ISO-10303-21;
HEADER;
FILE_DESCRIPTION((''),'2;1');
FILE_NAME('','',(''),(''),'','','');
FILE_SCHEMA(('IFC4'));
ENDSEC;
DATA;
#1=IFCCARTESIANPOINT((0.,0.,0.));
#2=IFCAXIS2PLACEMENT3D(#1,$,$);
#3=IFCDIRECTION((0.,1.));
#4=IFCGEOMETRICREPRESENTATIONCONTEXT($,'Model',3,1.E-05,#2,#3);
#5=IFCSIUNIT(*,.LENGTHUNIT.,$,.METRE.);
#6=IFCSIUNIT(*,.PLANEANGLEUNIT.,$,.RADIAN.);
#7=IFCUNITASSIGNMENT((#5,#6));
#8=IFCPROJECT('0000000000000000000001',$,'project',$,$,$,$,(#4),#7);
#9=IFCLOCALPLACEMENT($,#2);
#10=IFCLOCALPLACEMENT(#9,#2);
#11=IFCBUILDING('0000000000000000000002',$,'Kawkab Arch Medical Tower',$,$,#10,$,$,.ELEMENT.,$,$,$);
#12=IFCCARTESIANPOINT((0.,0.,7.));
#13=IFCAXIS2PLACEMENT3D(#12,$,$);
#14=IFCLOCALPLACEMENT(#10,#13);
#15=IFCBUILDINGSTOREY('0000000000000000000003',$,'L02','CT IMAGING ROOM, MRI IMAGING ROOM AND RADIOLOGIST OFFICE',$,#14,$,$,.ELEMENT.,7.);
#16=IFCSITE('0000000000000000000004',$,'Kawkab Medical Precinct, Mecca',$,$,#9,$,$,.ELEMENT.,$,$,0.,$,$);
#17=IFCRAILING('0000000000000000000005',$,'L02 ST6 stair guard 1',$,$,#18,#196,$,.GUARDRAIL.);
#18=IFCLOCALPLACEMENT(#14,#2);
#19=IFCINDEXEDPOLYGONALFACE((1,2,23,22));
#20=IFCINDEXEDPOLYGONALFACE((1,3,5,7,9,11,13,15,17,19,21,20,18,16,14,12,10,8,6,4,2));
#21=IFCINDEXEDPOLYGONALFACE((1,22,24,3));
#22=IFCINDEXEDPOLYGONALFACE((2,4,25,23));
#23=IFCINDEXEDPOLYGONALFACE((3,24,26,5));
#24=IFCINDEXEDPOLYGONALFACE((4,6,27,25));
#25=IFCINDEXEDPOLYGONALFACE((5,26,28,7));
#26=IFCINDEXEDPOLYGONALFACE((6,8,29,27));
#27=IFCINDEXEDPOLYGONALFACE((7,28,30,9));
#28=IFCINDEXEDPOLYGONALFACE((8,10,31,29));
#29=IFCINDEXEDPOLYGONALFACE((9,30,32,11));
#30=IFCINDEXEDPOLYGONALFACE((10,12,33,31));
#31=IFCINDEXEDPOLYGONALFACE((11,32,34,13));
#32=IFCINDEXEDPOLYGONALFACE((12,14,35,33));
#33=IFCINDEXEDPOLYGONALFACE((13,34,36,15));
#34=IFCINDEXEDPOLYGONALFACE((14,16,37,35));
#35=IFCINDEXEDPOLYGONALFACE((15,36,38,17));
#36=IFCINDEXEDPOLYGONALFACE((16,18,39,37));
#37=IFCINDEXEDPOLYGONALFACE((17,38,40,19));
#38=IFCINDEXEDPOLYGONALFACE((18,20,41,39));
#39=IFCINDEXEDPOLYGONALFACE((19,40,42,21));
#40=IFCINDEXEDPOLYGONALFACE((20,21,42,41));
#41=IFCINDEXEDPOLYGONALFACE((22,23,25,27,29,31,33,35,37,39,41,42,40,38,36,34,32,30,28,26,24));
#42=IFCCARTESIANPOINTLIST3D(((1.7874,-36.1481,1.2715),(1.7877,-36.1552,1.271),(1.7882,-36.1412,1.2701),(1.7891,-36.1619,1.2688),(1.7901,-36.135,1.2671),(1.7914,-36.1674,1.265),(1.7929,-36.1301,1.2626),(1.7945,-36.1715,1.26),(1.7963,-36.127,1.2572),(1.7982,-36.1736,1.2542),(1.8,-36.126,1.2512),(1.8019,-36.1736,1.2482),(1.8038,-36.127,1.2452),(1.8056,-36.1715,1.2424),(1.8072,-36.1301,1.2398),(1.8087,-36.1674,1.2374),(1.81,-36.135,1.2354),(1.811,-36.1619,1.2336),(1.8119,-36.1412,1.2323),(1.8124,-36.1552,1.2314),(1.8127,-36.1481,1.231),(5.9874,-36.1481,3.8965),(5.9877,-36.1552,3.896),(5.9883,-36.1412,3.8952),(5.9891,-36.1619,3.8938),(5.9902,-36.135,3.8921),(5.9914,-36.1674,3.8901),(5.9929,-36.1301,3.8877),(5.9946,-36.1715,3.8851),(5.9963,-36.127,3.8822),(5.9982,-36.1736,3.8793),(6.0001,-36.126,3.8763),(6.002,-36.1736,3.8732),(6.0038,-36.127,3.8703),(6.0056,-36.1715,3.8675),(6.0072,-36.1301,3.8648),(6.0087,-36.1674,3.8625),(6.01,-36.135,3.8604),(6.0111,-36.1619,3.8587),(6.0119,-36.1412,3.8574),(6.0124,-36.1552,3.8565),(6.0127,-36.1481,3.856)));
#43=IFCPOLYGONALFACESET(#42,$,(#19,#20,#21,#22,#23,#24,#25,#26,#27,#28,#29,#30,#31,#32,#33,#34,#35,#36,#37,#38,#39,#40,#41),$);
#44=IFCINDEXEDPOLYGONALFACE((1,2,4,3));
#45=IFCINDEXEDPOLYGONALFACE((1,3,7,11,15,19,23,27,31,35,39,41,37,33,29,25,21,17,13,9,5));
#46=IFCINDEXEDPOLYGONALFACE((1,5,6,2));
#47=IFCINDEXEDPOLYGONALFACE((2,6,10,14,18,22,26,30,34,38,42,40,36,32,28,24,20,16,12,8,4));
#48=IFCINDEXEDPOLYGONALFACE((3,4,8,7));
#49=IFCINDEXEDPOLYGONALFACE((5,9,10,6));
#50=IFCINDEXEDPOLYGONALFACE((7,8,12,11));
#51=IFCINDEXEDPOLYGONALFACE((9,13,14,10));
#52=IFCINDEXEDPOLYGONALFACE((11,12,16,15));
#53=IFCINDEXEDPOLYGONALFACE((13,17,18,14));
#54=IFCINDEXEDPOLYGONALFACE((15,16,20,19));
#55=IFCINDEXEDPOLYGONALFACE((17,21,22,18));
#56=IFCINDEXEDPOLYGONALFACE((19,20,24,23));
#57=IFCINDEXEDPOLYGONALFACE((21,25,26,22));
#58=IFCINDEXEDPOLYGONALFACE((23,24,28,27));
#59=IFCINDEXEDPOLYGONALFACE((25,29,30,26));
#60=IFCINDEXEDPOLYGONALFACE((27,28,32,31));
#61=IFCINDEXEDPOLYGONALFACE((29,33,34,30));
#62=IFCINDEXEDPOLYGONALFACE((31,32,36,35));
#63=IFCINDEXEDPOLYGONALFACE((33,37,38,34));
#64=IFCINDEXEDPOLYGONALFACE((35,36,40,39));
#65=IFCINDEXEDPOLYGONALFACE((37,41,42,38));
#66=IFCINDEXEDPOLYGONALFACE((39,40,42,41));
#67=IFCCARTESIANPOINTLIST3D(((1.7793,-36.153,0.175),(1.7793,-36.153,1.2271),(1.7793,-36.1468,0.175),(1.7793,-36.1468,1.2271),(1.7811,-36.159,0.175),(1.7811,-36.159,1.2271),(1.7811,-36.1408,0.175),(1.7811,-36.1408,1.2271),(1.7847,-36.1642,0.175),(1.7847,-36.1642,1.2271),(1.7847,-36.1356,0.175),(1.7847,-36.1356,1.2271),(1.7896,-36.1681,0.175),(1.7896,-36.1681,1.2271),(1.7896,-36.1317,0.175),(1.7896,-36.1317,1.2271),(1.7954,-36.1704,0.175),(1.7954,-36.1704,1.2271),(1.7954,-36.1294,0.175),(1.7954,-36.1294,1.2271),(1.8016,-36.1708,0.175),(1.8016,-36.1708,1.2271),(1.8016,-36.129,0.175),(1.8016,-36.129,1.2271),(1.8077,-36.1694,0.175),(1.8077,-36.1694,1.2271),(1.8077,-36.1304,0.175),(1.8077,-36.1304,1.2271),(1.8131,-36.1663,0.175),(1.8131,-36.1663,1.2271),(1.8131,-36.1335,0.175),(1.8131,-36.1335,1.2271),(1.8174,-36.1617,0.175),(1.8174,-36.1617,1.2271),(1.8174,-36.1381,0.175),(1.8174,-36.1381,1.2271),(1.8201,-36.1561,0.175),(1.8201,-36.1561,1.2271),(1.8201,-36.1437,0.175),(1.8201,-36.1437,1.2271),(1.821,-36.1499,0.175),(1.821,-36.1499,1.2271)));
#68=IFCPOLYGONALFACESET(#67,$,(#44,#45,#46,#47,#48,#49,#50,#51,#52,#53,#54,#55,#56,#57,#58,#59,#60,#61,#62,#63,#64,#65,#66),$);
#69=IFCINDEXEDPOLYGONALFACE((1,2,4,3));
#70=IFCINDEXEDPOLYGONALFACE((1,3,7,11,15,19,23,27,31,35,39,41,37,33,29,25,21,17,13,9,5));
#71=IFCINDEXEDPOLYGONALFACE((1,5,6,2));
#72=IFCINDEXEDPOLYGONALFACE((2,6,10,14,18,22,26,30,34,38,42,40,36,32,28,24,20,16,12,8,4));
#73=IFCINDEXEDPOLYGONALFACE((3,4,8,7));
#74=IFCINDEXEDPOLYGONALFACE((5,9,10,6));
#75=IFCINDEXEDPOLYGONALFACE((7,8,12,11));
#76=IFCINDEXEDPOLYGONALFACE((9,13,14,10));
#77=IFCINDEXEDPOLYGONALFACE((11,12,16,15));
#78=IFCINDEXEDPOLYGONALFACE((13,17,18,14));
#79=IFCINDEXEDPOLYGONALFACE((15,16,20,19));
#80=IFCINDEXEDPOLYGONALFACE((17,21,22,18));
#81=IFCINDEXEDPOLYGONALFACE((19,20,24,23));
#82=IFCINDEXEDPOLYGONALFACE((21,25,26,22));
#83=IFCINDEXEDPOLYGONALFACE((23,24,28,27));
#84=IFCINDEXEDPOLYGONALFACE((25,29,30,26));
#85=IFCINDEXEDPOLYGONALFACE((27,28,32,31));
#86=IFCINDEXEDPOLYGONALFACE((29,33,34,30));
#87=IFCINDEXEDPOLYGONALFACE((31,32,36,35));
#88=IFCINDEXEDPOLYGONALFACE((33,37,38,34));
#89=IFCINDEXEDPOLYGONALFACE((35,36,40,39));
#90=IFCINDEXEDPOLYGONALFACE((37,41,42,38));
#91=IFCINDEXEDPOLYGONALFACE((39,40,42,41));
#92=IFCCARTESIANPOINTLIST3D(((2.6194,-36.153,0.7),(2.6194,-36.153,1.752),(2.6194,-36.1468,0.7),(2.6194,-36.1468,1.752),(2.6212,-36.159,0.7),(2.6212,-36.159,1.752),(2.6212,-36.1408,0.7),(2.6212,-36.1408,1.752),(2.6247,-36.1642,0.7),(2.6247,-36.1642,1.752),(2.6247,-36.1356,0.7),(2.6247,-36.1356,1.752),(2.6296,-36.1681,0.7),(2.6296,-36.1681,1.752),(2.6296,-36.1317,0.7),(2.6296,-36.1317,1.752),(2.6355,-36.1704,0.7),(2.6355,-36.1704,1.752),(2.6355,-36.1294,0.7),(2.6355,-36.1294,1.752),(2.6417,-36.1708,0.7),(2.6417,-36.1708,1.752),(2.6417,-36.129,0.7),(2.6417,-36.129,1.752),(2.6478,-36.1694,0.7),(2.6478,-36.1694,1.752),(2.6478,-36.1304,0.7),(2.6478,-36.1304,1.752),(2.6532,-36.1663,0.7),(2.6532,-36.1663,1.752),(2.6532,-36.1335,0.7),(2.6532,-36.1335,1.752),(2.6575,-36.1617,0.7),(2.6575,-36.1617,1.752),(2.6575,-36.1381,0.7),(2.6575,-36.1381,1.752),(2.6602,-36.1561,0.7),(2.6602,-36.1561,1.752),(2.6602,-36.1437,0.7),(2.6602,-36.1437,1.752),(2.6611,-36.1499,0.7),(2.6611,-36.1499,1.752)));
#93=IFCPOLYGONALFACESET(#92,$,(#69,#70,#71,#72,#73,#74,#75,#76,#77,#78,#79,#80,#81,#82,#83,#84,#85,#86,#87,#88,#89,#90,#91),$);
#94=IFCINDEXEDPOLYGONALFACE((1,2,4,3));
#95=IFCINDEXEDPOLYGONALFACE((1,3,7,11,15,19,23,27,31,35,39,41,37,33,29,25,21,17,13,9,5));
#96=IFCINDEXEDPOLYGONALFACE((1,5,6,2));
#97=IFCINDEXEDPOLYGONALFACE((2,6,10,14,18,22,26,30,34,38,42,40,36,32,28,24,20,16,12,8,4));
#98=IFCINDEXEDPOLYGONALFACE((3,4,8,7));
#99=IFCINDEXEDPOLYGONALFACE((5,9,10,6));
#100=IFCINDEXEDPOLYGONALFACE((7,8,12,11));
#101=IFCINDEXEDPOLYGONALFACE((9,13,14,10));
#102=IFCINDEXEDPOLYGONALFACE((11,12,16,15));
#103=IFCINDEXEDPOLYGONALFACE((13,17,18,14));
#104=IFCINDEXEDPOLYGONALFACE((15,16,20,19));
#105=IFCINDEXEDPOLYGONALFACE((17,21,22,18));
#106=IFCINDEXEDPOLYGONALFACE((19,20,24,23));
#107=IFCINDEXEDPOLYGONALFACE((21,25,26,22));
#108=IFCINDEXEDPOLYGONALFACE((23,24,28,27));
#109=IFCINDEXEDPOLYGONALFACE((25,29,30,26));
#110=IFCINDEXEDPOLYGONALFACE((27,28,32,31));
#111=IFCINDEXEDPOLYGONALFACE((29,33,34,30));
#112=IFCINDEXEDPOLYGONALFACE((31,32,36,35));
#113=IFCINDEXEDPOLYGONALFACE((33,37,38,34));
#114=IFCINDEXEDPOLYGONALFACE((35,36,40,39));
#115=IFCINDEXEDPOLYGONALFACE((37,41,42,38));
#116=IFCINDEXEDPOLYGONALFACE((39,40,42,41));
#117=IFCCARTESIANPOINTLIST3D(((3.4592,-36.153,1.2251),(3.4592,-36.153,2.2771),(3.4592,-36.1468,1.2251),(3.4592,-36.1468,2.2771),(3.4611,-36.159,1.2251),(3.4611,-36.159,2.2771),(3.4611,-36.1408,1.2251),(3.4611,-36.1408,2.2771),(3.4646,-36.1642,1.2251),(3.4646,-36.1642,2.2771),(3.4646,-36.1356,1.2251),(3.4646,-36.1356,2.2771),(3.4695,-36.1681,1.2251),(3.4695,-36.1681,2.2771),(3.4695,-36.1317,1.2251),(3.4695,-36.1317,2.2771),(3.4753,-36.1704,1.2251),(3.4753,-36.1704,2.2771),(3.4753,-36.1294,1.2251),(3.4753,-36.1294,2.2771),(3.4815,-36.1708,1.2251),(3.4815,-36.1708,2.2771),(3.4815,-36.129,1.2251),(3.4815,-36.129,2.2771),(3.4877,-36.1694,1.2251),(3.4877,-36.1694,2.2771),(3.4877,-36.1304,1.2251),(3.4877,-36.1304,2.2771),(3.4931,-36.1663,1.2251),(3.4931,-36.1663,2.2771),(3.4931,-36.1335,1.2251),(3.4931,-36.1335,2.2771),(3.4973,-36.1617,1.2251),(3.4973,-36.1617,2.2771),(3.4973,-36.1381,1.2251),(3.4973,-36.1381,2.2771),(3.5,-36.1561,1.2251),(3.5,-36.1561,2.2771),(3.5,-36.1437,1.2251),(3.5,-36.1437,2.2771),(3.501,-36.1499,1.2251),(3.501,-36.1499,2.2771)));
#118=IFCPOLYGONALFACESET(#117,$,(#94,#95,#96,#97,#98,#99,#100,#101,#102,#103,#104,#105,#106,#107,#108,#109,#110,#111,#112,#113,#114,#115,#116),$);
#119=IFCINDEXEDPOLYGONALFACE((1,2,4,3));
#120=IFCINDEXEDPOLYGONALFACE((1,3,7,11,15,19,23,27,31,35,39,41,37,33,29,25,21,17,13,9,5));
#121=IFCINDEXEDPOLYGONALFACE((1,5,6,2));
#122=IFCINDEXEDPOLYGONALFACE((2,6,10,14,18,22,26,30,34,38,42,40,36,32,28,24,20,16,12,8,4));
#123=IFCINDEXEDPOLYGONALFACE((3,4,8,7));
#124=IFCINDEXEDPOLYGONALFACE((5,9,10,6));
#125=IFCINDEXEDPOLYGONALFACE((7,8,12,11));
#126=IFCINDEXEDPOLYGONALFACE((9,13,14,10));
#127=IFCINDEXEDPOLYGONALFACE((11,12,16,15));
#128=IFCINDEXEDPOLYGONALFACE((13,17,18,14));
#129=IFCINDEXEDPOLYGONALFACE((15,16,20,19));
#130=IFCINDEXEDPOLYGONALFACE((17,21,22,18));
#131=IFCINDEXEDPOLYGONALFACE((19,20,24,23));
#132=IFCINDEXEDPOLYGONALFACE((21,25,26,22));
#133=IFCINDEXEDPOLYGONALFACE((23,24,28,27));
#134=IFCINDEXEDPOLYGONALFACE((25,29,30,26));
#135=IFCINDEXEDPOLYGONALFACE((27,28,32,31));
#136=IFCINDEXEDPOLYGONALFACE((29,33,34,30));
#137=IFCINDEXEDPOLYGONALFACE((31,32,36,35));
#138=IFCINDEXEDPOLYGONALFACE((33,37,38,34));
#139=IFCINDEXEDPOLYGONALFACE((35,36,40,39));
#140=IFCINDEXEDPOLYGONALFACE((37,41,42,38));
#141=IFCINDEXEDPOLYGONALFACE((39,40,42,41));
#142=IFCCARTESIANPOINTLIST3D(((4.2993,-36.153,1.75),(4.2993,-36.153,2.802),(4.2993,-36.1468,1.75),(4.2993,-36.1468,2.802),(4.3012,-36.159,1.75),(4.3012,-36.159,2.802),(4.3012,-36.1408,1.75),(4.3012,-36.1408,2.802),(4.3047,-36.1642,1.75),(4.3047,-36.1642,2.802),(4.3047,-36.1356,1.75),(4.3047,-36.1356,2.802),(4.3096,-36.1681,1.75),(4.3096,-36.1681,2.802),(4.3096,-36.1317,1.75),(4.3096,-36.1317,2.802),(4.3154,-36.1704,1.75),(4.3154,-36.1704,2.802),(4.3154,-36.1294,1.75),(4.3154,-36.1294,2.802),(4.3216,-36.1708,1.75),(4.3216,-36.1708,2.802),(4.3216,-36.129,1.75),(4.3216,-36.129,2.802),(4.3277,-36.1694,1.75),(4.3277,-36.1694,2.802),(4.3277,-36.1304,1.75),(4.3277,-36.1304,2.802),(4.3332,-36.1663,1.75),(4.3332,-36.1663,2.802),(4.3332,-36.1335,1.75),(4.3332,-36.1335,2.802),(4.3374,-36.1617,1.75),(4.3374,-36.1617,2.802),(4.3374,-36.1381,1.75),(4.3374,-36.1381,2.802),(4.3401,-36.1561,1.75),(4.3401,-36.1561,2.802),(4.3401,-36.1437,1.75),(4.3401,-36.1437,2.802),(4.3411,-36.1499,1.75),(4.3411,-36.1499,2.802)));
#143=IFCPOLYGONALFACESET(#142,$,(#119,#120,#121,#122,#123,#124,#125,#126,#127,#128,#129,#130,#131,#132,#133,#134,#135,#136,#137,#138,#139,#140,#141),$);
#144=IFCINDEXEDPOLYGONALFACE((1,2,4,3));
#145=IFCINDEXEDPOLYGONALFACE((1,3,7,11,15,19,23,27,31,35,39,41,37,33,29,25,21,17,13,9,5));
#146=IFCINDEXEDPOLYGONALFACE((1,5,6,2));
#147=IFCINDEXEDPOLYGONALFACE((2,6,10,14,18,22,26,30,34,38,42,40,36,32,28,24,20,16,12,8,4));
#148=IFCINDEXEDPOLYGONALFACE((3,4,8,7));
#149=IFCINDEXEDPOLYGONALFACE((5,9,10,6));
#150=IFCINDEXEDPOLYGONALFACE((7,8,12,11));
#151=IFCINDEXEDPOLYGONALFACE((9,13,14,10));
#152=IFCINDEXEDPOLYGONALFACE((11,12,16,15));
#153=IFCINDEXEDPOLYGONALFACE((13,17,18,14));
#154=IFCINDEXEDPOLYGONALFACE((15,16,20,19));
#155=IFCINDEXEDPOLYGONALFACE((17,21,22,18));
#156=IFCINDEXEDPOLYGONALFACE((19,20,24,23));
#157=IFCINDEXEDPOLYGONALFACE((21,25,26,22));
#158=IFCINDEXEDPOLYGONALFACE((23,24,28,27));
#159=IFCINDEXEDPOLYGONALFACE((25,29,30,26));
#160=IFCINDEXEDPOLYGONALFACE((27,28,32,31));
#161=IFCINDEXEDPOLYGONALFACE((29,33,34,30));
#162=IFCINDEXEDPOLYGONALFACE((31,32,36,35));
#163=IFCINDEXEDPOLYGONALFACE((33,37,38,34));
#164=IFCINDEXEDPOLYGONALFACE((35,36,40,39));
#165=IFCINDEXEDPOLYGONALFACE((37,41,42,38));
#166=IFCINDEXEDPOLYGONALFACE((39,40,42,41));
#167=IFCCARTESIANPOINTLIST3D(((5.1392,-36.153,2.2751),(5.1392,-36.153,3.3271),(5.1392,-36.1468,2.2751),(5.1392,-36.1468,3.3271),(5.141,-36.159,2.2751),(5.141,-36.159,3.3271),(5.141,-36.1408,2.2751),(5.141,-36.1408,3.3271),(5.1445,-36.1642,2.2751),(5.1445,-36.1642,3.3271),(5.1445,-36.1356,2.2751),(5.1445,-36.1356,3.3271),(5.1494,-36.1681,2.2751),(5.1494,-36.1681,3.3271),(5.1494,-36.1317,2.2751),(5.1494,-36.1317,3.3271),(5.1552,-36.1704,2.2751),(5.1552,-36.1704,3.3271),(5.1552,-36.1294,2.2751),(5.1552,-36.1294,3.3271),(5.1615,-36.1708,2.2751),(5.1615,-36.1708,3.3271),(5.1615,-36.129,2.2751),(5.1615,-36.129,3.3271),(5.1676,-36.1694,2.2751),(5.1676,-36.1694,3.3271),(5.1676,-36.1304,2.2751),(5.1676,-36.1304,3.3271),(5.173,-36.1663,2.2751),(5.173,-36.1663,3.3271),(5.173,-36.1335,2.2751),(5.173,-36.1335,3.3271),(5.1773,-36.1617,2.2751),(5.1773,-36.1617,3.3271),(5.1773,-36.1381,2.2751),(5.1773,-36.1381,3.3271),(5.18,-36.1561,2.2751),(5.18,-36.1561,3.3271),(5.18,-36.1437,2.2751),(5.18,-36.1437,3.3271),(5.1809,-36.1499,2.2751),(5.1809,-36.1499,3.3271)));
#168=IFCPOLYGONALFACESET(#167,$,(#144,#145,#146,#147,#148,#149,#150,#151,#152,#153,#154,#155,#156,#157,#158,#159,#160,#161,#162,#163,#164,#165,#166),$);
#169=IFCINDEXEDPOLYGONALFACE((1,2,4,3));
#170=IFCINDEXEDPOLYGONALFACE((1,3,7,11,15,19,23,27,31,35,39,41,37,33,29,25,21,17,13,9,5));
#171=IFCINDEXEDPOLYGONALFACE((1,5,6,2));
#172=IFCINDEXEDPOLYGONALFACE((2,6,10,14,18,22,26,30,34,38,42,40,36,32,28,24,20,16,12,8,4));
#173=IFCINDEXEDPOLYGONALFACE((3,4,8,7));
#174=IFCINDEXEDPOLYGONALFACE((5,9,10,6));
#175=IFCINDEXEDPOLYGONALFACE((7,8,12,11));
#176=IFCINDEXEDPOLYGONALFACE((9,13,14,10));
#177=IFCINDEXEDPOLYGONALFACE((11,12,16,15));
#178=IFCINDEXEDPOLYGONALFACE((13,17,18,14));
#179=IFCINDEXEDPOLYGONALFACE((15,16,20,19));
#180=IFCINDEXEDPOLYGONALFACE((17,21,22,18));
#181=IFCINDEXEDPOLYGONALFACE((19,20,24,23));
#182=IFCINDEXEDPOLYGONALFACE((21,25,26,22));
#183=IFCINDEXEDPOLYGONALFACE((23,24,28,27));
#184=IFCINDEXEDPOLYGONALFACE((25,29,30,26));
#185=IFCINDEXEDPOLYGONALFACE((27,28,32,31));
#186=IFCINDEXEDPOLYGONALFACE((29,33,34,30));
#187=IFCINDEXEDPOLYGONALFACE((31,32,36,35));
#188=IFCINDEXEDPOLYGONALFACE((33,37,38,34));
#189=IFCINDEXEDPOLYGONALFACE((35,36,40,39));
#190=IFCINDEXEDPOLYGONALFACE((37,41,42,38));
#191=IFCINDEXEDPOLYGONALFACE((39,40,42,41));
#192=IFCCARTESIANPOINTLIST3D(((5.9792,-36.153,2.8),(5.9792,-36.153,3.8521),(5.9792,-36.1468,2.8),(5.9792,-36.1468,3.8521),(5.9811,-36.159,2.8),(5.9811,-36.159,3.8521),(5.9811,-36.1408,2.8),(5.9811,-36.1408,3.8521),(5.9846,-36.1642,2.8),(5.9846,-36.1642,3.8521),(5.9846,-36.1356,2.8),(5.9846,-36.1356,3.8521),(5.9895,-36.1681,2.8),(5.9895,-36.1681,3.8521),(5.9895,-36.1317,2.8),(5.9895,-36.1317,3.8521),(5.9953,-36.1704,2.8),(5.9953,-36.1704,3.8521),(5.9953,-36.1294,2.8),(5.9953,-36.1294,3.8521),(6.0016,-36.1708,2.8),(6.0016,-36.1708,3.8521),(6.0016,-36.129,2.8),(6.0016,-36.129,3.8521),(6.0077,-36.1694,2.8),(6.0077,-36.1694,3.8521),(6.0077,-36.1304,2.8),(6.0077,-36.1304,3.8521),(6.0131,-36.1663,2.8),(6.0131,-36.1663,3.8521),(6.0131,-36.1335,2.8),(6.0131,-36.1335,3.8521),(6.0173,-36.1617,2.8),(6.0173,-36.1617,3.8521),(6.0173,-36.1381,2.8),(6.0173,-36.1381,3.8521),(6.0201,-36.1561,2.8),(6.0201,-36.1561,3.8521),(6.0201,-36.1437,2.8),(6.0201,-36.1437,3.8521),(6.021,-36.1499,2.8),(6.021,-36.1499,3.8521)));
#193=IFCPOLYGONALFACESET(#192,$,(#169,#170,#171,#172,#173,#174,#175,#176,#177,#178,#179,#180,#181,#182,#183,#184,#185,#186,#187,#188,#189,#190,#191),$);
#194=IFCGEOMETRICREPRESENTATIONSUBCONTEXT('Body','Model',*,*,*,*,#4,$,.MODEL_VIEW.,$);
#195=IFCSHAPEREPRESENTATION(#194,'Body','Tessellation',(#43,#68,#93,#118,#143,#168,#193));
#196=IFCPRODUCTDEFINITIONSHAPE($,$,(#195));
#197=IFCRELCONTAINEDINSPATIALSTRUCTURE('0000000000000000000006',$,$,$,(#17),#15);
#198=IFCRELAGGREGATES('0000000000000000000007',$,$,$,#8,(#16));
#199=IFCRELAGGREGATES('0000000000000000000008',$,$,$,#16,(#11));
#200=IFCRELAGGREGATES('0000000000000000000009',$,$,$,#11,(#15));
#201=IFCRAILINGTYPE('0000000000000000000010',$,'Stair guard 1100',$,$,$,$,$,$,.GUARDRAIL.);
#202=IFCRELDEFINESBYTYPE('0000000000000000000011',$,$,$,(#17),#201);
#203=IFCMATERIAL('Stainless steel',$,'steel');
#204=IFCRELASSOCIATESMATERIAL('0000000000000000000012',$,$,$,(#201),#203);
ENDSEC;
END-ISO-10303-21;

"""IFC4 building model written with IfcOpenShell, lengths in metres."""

from ifc_helpers import new_model, si_unit, direction, frame, origin, origin_2d, place, context, subcontext, project, spatial, circle, extrude, material, type_object, element, save


model = new_model("IFC4")

# Units and contexts
model_context = context("Model", 3, precision=1e-05, world=origin(), true_north=direction((0.0, 1.0)))
body_context = subcontext(model_context, "Body", "Model", "MODEL_VIEW")
ifc_project = project(units=[si_unit("LENGTHUNIT", "METRE"), si_unit("PLANEANGLEUNIT", "RADIAN")], contexts=[model_context])

# Site, building, storey
site_placement = place(None, origin())
site = spatial("IfcSite", under=ifc_project, at=site_placement, Name="Kawkab Medical Precinct, Mecca", CompositionType="ELEMENT", RefElevation=0.0)
building_placement = place(site_placement, origin())
building = spatial("IfcBuilding", under=site, at=building_placement, Name="Kawkab Arch Medical Tower", CompositionType="ELEMENT")
storey_placement = place(building_placement, frame((0.0, 0.0, 7.0)))
storey = spatial("IfcBuildingStorey", under=building, at=storey_placement, Name="L02", Description="CT IMAGING ROOM, MRI IMAGING ROOM AND RADIOLOGIST OFFICE", CompositionType="ELEMENT", Elevation=7.0)

# Railing
ifc_material_1 = material(Name="Stainless steel", Category="steel")
railing_type = type_object("IfcRailingType", Name="Stair guard 1100", PredefinedType="GUARDRAIL", material=ifc_material_1)
railing_1_placement = place(storey_placement, frame((1.8, -36.1499, 0.175)))
element("IfcRailing", 1, at=railing_1_placement, inside=storey, type_object=railing_type, Name="L02 ST6 stair guard 1", PredefinedType="GUARDRAIL", context=body_context, shape_type="SweptSolid", body=[
    extrude(circle(Radius=0.0239, at=origin_2d()), frame((0.0, 0.0, 1.0762), z_axis=(0.847996, 0.0, 0.530003), x_axis=(0.0, 1.0, 0.0)), (0.0, 0.0, 1.0), 4.9529),
    extrude(circle(Radius=0.021, at=origin_2d()), origin(), (0.0, 0.0, 1.0), 1.052),
    extrude(circle(Radius=0.021, at=origin_2d()), frame((0.8401, 0.0, 0.5249)), (0.0, 0.0, 1.0), 1.052),
    extrude(circle(Radius=0.021, at=origin_2d()), frame((1.6799, 0.0, 1.05)), (0.0, 0.0, 1.0), 1.052),
    extrude(circle(Radius=0.021, at=origin_2d()), frame((2.52, 0.0, 1.575)), (0.0, 0.0, 1.0), 1.052),
    extrude(circle(Radius=0.021, at=origin_2d()), frame((3.3599, 0.0, 2.1001)), (0.0, 0.0, 1.0), 1.052),
    extrude(circle(Radius=0.021, at=origin_2d()), frame((4.2, 0.0, 2.625)), (0.0, 0.0, 1.0), 1.052),
])

save(model, "model.ifc")
